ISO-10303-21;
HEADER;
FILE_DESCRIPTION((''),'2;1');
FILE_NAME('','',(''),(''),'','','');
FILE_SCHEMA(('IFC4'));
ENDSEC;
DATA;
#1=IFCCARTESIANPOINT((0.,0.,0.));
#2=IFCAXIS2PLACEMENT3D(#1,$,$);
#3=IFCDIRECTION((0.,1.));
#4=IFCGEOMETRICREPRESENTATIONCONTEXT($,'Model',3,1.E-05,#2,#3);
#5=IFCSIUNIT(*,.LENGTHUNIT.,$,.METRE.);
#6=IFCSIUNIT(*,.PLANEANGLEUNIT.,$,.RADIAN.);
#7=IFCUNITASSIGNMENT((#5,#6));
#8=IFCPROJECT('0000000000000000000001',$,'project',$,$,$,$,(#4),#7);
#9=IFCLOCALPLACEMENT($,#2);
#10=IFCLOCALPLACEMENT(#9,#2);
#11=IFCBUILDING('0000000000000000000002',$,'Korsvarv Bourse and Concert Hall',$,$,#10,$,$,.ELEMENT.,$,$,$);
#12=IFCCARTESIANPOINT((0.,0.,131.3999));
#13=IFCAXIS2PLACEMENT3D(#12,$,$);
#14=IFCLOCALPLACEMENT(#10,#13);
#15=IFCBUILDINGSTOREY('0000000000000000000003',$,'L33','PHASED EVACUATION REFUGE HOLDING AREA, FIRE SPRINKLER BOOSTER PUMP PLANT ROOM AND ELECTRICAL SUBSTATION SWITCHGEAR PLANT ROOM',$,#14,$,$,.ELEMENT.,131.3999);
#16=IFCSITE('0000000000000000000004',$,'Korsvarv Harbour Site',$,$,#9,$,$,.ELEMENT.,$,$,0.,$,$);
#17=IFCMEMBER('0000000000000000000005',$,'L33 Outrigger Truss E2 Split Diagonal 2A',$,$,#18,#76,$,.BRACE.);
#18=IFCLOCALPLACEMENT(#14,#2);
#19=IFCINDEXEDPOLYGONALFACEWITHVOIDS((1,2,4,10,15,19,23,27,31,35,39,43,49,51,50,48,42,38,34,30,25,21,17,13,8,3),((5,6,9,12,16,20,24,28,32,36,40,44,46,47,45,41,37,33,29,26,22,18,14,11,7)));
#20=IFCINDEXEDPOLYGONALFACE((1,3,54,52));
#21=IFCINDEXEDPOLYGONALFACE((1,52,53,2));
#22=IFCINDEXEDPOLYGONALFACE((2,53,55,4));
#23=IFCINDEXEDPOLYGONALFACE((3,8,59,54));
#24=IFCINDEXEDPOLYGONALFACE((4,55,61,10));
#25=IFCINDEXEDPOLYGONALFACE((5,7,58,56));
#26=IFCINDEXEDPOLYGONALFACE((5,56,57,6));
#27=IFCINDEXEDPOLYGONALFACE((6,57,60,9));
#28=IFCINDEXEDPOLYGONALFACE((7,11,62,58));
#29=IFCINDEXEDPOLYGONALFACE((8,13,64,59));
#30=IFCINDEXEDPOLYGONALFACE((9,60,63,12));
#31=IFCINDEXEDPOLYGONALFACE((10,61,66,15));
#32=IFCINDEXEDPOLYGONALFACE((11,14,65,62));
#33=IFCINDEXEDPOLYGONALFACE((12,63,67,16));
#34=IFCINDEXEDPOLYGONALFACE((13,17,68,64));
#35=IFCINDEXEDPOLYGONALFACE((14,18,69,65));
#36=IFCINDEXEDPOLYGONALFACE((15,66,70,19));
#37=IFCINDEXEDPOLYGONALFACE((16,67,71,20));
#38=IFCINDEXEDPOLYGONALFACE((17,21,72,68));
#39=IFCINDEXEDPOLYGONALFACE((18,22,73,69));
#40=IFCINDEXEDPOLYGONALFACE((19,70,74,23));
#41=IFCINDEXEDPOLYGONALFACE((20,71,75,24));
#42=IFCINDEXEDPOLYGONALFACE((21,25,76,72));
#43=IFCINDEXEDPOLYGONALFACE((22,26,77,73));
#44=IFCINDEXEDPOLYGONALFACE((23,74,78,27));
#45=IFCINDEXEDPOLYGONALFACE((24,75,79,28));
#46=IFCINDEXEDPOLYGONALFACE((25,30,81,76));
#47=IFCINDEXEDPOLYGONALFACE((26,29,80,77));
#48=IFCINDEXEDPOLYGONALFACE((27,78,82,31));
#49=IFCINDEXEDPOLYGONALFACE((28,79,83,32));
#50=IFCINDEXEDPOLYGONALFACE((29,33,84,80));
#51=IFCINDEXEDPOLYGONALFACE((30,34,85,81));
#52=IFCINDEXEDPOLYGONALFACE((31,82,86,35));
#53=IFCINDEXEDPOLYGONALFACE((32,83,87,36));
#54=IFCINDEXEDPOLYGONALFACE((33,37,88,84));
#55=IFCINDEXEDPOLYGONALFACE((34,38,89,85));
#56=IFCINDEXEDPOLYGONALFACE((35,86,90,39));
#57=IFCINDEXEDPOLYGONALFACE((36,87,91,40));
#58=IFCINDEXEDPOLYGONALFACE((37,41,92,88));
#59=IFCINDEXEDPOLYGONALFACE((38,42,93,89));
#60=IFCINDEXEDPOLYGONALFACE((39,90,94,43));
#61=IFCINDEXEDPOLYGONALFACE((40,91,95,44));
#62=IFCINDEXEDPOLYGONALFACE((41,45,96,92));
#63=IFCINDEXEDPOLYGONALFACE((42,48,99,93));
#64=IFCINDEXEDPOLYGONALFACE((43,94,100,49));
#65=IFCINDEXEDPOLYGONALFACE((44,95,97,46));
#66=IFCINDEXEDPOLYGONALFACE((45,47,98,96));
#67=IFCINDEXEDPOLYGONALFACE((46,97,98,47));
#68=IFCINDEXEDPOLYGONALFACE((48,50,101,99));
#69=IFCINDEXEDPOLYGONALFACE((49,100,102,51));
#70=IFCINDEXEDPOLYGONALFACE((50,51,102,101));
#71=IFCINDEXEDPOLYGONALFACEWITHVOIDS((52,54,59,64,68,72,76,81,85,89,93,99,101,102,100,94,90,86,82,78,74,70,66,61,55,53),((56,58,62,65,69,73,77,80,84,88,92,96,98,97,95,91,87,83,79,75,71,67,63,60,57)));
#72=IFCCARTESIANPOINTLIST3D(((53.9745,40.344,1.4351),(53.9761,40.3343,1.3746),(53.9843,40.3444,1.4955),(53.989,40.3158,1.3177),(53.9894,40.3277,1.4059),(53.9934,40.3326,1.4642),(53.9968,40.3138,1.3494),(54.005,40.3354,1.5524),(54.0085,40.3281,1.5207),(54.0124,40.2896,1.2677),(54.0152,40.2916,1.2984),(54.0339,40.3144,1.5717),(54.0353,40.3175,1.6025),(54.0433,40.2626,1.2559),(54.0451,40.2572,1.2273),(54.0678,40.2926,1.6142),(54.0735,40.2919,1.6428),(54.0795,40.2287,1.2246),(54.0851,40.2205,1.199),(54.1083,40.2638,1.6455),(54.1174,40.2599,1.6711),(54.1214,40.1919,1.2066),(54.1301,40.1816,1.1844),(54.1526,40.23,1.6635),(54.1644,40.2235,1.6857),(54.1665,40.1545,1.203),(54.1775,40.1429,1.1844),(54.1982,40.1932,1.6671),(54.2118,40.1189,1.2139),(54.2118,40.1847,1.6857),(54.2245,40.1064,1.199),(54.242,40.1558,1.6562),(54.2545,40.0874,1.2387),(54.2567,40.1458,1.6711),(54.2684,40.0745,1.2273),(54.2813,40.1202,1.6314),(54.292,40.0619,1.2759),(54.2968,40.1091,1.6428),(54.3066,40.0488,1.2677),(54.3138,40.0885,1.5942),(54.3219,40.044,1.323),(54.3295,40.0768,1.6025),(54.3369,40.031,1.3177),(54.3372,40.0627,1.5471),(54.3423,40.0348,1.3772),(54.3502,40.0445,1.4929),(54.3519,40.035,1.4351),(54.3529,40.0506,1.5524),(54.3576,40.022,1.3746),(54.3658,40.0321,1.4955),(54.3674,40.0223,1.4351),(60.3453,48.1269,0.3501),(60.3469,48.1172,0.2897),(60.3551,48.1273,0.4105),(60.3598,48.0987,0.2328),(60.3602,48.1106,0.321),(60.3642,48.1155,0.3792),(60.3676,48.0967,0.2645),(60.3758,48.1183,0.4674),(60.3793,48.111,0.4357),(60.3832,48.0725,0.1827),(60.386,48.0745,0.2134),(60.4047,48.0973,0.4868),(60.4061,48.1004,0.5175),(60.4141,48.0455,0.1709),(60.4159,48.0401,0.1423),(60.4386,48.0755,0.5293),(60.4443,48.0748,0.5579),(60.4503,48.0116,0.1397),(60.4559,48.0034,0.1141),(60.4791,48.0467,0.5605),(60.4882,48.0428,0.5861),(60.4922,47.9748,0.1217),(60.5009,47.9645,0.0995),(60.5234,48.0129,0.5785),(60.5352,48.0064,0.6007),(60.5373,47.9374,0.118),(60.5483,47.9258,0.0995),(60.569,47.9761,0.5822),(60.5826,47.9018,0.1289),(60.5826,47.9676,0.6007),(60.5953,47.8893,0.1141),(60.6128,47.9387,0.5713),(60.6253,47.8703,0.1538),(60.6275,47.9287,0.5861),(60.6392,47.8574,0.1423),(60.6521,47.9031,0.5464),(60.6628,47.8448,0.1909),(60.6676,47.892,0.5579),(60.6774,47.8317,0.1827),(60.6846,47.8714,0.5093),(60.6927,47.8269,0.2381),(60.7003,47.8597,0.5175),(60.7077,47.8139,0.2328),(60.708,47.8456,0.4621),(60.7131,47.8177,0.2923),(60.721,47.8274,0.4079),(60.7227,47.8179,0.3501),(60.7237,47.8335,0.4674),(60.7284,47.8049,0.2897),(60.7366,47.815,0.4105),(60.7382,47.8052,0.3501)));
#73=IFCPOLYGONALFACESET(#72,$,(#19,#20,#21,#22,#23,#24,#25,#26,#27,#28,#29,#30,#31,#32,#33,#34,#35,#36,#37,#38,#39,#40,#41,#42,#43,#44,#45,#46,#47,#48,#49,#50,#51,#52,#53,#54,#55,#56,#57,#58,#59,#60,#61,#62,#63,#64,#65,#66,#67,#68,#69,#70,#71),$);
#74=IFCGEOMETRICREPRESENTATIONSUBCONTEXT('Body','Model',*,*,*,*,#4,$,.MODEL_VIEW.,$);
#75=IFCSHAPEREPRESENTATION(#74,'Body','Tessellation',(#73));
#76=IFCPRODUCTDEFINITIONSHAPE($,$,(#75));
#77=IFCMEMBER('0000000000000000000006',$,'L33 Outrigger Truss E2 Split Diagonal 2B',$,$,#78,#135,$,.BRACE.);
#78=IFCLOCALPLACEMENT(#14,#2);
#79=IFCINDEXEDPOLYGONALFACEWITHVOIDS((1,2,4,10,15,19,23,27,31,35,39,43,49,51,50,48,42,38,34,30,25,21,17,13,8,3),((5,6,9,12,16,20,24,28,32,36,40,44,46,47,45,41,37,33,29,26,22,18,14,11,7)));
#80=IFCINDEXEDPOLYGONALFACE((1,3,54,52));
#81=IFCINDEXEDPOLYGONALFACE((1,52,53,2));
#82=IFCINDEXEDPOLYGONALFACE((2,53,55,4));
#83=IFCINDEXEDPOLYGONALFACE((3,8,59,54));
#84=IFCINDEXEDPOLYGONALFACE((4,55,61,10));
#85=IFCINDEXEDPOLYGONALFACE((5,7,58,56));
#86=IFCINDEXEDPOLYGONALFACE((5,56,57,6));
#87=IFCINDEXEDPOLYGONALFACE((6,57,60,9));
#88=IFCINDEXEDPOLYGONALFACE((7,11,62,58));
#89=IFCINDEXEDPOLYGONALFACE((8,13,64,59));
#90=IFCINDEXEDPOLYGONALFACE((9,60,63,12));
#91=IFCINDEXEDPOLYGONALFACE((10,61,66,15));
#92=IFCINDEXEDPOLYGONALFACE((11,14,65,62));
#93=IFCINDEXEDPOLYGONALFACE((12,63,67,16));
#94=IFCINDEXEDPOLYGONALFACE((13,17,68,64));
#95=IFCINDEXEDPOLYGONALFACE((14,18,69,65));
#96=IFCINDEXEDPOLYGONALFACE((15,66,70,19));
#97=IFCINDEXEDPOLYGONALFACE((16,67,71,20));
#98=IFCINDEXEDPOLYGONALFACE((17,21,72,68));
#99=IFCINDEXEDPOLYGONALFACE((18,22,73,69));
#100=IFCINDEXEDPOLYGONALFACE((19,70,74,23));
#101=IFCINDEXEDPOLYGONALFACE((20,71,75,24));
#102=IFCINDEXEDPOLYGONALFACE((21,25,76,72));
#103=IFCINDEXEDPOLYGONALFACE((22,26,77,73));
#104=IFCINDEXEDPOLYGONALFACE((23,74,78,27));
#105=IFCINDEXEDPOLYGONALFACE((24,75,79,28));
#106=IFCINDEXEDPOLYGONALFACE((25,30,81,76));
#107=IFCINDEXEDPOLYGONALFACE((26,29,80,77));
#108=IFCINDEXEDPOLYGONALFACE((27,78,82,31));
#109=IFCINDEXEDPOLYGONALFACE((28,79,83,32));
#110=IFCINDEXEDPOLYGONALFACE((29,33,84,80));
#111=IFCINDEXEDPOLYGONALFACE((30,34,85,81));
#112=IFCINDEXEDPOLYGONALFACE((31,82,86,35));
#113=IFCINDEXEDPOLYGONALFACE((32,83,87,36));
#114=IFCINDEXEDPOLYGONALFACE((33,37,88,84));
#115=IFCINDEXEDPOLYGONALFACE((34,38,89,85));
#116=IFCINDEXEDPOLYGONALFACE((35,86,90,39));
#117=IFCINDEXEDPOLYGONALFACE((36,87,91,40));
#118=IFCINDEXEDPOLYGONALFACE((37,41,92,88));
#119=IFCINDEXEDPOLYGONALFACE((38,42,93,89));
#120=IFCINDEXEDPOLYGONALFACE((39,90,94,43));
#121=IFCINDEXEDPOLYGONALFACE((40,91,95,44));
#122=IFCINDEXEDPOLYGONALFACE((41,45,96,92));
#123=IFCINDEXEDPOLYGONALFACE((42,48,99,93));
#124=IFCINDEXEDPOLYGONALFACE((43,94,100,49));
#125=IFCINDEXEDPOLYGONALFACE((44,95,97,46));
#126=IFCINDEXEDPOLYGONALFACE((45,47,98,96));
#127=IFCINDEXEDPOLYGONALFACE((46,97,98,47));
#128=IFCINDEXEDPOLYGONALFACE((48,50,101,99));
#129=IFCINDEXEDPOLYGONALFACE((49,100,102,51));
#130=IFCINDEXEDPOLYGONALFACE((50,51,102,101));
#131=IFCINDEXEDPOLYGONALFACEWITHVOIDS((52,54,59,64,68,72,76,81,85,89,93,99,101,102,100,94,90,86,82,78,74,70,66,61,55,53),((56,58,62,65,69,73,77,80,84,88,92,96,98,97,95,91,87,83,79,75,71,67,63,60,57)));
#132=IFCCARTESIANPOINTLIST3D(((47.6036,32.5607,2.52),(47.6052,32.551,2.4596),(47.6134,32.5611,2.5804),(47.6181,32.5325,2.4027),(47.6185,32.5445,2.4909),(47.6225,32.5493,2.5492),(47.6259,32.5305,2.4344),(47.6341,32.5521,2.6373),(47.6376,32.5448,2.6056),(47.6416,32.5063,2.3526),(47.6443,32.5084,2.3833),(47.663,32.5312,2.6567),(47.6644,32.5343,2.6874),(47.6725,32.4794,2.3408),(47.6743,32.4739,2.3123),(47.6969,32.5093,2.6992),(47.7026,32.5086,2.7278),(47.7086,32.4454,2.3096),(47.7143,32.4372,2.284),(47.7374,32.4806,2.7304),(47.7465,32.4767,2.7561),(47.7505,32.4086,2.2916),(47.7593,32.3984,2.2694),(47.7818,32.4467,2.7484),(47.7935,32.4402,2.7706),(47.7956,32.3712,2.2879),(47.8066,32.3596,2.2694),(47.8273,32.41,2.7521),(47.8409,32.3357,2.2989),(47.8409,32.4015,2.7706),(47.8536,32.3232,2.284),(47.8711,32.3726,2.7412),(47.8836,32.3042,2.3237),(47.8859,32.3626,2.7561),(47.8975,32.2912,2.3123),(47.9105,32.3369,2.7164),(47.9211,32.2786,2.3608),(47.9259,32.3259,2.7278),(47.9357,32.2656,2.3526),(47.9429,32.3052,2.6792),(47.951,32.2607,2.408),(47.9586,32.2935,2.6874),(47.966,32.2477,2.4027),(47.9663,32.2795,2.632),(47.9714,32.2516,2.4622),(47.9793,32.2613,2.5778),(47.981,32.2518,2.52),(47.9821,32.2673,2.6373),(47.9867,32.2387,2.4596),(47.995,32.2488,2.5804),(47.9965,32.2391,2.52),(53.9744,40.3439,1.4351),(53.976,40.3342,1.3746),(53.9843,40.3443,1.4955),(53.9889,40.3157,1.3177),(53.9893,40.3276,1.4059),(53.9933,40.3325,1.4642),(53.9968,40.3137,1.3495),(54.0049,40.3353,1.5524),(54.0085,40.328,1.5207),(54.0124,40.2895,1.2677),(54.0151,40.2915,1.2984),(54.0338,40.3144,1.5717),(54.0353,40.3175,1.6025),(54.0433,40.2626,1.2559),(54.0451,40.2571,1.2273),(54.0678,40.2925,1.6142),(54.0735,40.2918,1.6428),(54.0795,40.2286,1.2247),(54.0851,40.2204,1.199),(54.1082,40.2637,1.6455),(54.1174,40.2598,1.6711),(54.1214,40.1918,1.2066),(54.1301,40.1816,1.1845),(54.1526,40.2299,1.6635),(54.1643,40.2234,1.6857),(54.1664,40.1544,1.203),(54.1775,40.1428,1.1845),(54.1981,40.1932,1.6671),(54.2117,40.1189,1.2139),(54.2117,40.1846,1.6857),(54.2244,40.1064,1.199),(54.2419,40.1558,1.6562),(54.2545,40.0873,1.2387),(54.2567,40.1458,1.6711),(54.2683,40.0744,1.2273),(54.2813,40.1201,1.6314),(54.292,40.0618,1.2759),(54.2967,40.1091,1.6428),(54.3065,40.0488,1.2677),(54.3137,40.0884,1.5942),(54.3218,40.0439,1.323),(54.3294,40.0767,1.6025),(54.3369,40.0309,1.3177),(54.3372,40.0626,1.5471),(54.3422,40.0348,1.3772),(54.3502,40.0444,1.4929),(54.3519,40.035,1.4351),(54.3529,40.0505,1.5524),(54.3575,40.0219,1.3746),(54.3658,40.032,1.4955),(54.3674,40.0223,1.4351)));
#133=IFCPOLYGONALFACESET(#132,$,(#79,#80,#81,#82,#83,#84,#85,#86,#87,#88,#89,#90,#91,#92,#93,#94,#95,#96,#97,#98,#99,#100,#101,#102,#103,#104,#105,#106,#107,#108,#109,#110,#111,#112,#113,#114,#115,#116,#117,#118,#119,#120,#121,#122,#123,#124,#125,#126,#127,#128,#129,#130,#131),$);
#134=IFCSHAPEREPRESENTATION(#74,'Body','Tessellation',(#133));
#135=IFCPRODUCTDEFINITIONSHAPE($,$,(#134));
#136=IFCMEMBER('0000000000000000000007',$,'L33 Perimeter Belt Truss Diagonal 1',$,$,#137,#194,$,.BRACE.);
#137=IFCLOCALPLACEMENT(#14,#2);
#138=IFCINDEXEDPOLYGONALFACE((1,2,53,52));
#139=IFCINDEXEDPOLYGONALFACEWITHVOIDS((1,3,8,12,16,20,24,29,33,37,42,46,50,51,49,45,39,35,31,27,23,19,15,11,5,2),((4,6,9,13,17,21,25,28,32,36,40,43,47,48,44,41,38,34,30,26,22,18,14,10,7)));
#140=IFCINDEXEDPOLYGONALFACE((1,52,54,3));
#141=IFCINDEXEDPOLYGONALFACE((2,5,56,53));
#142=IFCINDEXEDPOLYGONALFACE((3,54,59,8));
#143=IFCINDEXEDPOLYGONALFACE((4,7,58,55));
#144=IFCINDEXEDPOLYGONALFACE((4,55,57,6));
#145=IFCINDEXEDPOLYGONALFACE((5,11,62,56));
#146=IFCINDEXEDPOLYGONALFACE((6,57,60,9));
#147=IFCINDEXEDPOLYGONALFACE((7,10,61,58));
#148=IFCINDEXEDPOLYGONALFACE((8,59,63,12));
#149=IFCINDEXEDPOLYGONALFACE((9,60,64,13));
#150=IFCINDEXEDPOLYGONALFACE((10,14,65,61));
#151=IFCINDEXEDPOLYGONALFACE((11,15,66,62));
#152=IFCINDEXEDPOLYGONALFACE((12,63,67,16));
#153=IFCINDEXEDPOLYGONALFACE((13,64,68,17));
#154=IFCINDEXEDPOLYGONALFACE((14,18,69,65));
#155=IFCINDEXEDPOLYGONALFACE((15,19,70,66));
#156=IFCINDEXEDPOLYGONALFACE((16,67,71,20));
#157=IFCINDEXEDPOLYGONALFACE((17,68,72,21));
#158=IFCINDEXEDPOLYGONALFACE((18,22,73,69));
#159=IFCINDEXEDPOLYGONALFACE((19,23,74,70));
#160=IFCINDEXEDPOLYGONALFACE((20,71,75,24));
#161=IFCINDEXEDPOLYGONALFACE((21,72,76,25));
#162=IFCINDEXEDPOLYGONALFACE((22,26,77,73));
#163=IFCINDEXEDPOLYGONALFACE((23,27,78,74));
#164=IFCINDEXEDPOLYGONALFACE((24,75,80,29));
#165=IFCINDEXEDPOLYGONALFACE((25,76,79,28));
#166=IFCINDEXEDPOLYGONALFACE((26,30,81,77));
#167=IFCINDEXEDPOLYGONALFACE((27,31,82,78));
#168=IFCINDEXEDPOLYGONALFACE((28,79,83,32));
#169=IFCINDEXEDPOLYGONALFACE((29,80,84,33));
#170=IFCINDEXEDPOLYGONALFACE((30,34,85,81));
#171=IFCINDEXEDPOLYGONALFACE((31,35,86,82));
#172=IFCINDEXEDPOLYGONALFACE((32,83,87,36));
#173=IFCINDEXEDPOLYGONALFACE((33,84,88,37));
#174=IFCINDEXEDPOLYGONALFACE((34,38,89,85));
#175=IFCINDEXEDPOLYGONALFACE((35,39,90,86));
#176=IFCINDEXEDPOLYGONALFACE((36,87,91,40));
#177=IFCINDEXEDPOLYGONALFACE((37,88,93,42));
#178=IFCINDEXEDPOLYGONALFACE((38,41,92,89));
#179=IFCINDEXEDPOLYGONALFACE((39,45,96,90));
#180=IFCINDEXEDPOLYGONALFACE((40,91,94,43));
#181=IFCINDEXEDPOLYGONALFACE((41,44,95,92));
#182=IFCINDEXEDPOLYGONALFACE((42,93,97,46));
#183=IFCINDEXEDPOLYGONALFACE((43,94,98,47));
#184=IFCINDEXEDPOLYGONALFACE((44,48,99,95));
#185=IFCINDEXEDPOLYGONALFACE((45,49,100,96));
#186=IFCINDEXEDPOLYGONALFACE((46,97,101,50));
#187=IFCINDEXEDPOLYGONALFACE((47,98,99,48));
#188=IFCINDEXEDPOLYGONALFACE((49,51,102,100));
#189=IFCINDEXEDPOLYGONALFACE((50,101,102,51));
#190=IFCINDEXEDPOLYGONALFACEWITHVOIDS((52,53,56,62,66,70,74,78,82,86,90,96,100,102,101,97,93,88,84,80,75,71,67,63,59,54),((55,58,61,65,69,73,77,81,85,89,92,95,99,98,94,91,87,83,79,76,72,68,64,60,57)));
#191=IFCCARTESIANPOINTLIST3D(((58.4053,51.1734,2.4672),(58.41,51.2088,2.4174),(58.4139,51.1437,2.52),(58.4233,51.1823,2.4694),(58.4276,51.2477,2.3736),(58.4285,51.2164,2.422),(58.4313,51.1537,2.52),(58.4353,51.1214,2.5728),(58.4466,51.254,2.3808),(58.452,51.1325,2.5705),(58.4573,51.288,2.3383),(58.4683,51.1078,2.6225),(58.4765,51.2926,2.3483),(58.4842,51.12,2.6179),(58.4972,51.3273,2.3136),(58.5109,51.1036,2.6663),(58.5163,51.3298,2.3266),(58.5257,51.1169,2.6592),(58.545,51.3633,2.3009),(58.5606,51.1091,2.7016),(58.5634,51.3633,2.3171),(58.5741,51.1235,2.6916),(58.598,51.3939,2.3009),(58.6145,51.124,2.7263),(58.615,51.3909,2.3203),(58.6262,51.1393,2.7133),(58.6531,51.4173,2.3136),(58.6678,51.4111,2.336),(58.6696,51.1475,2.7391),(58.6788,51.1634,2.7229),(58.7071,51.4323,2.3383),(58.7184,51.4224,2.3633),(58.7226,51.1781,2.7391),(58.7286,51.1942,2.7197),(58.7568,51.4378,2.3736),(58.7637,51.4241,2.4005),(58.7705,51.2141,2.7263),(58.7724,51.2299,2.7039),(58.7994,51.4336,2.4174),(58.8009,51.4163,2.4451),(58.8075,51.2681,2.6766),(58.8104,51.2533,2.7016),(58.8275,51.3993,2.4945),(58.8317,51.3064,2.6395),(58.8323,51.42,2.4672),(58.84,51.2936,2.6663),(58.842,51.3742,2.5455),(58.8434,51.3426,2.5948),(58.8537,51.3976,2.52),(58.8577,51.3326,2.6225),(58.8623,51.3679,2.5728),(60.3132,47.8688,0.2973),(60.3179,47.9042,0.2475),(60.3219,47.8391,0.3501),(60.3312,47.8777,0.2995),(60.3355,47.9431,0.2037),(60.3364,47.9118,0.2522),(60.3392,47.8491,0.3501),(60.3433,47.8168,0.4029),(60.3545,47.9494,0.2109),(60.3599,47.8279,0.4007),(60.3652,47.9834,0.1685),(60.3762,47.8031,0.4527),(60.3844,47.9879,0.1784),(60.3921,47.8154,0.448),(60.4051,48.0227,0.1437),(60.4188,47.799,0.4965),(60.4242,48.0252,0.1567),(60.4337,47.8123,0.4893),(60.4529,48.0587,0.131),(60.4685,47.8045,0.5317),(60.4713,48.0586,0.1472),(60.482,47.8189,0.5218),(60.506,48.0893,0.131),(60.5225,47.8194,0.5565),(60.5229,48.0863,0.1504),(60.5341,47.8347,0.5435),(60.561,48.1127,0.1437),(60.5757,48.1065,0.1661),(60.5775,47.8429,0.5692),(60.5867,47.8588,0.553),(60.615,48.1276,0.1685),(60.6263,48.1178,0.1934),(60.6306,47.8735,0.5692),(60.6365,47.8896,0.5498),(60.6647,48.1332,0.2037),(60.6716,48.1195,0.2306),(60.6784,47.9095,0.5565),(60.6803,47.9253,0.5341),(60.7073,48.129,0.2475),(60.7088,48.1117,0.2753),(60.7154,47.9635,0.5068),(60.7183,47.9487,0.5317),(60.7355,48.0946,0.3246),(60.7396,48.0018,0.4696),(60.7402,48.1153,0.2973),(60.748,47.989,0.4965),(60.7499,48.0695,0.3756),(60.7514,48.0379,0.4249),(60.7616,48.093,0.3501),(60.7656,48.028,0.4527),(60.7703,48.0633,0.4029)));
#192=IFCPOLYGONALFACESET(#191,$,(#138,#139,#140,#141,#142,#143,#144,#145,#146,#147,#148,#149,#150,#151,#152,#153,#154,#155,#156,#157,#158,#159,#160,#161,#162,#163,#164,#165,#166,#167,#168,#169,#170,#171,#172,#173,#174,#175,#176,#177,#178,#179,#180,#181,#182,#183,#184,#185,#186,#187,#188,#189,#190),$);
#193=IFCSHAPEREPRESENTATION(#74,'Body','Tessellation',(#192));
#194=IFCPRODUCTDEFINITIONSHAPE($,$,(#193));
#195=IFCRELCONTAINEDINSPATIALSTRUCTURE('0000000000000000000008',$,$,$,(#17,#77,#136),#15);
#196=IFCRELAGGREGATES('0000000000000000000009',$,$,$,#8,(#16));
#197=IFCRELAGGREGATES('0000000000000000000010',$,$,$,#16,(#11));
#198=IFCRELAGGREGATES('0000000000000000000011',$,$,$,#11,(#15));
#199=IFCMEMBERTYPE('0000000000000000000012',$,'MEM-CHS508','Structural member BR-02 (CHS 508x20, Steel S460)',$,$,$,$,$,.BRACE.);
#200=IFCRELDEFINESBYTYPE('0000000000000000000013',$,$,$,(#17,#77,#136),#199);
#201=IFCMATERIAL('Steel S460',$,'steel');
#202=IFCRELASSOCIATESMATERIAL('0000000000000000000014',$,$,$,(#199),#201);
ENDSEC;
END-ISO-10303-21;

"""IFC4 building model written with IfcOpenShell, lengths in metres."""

from ifc_helpers import new_model, si_unit, direction, frame, origin, origin_2d, place, context, subcontext, project, spatial, hollow_circle, extrude, source, transform, mapped, material, material_profile, profile_set, type_object, element, save


model = new_model("IFC4")

# Units and contexts
model_context = context("Model", 3, precision=1e-05, world=origin(), true_north=direction((0.0, 1.0)))
body_context = subcontext(model_context, "Body", "Model", "MODEL_VIEW")
ifc_project = project(units=[si_unit("LENGTHUNIT", "METRE"), si_unit("PLANEANGLEUNIT", "RADIAN")], contexts=[model_context])

# Site, building, storey
site_placement = place(None, origin())
site = spatial("IfcSite", under=ifc_project, at=site_placement, Name="Korsvarv Harbour Site", CompositionType="ELEMENT", RefElevation=0.0)
building_placement = place(site_placement, origin())
building = spatial("IfcBuilding", under=site, at=building_placement, Name="Korsvarv Bourse and Concert Hall", CompositionType="ELEMENT")
storey_placement = place(building_placement, frame((0.0, 0.0, 131.3999)))
storey = spatial("IfcBuildingStorey", under=building, at=storey_placement, Name="L33", Description="PHASED EVACUATION REFUGE HOLDING AREA, FIRE SPRINKLER BOOSTER PUMP PLANT ROOM AND ELECTRICAL SUBSTATION SWITCHGEAR PLANT ROOM", CompositionType="ELEMENT", Elevation=131.3999)

# Shared definitions
ifc_material_1 = material(Name="Steel S460", Category="steel")

# Members
ifc_material_profile_1 = material_profile(ifc_material_1, hollow_circle(Radius=0.2539, WallThickness=0.02, at=origin_2d()), Name="CHS 508x20")
ifc_profile_set_1 = profile_set([ifc_material_profile_1], Name="Steel S460")
member_type_1 = type_object("IfcMemberType", Name="MEM-CHS508", Description="Structural member BR-02 (CHS 508x20, Steel S460)", PredefinedType="BRACE", material=ifc_profile_set_1)
shared_shape_1 = source(origin(), body_context, "Body", "SweptSolid", [
    extrude(hollow_circle(Radius=0.2539, WallThickness=0.02, at=origin_2d()), origin(), (0.0, 0.0, 1.0), 10.1162),
])
member_1_placement = place(storey_placement, frame((60.5417, 47.9661, 0.3501), z_axis=(-0.629761, -0.769349, 0.107249), x_axis=(0.773812, -0.633415, 0.0)))
element("IfcMember", 1, at=member_1_placement, inside=storey, type_object=member_type_1, Name="L33 Outrigger Truss E2 Split Diagonal 2A", PredefinedType="BRACE", context=body_context, shape_type="MappedRepresentation", body=[
    mapped(shared_shape_1, transform((0.0, 0.0, 0.0), scale=1.0)),
])
shared_shape_2 = source(origin(), body_context, "Body", "SweptSolid", [
    extrude(hollow_circle(Radius=0.2539, WallThickness=0.02, at=origin_2d()), origin(), (0.0, 0.0, 1.0), 10.1165),
])
member_2_placement = place(storey_placement, frame((54.1709, 40.1831, 1.4351), z_axis=(-0.62975, -0.769359, 0.107247), x_axis=(0.773822, -0.633403, 0.0)))
element("IfcMember", 2, at=member_2_placement, inside=storey, type_object=member_type_1, Name="L33 Outrigger Truss E2 Split Diagonal 2B", PredefinedType="BRACE", context=body_context, shape_type="MappedRepresentation", body=[
    mapped(shared_shape_2, transform((0.0, 0.0, 0.0), scale=1.0)),
])
shared_shape_3 = source(origin(), body_context, "Body", "SweptSolid", [
    extrude(hollow_circle(Radius=0.2539, WallThickness=0.02, at=origin_2d()), origin(), (0.0, 0.0, 1.0), 4.3896),
])
member_3_placement = place(storey_placement, frame((60.5417, 47.9661, 0.3501), z_axis=(-0.43464, 0.752821, 0.494317), x_axis=(-0.866026, -0.499999, 0.0)))
element("IfcMember", 3, at=member_3_placement, inside=storey, type_object=member_type_1, Name="L33 Perimeter Belt Truss Diagonal 1", PredefinedType="BRACE", context=body_context, shape_type="MappedRepresentation", body=[
    mapped(shared_shape_3, transform((0.0, 0.0, 0.0), scale=1.0)),
])

save(model, "model.ifc")
